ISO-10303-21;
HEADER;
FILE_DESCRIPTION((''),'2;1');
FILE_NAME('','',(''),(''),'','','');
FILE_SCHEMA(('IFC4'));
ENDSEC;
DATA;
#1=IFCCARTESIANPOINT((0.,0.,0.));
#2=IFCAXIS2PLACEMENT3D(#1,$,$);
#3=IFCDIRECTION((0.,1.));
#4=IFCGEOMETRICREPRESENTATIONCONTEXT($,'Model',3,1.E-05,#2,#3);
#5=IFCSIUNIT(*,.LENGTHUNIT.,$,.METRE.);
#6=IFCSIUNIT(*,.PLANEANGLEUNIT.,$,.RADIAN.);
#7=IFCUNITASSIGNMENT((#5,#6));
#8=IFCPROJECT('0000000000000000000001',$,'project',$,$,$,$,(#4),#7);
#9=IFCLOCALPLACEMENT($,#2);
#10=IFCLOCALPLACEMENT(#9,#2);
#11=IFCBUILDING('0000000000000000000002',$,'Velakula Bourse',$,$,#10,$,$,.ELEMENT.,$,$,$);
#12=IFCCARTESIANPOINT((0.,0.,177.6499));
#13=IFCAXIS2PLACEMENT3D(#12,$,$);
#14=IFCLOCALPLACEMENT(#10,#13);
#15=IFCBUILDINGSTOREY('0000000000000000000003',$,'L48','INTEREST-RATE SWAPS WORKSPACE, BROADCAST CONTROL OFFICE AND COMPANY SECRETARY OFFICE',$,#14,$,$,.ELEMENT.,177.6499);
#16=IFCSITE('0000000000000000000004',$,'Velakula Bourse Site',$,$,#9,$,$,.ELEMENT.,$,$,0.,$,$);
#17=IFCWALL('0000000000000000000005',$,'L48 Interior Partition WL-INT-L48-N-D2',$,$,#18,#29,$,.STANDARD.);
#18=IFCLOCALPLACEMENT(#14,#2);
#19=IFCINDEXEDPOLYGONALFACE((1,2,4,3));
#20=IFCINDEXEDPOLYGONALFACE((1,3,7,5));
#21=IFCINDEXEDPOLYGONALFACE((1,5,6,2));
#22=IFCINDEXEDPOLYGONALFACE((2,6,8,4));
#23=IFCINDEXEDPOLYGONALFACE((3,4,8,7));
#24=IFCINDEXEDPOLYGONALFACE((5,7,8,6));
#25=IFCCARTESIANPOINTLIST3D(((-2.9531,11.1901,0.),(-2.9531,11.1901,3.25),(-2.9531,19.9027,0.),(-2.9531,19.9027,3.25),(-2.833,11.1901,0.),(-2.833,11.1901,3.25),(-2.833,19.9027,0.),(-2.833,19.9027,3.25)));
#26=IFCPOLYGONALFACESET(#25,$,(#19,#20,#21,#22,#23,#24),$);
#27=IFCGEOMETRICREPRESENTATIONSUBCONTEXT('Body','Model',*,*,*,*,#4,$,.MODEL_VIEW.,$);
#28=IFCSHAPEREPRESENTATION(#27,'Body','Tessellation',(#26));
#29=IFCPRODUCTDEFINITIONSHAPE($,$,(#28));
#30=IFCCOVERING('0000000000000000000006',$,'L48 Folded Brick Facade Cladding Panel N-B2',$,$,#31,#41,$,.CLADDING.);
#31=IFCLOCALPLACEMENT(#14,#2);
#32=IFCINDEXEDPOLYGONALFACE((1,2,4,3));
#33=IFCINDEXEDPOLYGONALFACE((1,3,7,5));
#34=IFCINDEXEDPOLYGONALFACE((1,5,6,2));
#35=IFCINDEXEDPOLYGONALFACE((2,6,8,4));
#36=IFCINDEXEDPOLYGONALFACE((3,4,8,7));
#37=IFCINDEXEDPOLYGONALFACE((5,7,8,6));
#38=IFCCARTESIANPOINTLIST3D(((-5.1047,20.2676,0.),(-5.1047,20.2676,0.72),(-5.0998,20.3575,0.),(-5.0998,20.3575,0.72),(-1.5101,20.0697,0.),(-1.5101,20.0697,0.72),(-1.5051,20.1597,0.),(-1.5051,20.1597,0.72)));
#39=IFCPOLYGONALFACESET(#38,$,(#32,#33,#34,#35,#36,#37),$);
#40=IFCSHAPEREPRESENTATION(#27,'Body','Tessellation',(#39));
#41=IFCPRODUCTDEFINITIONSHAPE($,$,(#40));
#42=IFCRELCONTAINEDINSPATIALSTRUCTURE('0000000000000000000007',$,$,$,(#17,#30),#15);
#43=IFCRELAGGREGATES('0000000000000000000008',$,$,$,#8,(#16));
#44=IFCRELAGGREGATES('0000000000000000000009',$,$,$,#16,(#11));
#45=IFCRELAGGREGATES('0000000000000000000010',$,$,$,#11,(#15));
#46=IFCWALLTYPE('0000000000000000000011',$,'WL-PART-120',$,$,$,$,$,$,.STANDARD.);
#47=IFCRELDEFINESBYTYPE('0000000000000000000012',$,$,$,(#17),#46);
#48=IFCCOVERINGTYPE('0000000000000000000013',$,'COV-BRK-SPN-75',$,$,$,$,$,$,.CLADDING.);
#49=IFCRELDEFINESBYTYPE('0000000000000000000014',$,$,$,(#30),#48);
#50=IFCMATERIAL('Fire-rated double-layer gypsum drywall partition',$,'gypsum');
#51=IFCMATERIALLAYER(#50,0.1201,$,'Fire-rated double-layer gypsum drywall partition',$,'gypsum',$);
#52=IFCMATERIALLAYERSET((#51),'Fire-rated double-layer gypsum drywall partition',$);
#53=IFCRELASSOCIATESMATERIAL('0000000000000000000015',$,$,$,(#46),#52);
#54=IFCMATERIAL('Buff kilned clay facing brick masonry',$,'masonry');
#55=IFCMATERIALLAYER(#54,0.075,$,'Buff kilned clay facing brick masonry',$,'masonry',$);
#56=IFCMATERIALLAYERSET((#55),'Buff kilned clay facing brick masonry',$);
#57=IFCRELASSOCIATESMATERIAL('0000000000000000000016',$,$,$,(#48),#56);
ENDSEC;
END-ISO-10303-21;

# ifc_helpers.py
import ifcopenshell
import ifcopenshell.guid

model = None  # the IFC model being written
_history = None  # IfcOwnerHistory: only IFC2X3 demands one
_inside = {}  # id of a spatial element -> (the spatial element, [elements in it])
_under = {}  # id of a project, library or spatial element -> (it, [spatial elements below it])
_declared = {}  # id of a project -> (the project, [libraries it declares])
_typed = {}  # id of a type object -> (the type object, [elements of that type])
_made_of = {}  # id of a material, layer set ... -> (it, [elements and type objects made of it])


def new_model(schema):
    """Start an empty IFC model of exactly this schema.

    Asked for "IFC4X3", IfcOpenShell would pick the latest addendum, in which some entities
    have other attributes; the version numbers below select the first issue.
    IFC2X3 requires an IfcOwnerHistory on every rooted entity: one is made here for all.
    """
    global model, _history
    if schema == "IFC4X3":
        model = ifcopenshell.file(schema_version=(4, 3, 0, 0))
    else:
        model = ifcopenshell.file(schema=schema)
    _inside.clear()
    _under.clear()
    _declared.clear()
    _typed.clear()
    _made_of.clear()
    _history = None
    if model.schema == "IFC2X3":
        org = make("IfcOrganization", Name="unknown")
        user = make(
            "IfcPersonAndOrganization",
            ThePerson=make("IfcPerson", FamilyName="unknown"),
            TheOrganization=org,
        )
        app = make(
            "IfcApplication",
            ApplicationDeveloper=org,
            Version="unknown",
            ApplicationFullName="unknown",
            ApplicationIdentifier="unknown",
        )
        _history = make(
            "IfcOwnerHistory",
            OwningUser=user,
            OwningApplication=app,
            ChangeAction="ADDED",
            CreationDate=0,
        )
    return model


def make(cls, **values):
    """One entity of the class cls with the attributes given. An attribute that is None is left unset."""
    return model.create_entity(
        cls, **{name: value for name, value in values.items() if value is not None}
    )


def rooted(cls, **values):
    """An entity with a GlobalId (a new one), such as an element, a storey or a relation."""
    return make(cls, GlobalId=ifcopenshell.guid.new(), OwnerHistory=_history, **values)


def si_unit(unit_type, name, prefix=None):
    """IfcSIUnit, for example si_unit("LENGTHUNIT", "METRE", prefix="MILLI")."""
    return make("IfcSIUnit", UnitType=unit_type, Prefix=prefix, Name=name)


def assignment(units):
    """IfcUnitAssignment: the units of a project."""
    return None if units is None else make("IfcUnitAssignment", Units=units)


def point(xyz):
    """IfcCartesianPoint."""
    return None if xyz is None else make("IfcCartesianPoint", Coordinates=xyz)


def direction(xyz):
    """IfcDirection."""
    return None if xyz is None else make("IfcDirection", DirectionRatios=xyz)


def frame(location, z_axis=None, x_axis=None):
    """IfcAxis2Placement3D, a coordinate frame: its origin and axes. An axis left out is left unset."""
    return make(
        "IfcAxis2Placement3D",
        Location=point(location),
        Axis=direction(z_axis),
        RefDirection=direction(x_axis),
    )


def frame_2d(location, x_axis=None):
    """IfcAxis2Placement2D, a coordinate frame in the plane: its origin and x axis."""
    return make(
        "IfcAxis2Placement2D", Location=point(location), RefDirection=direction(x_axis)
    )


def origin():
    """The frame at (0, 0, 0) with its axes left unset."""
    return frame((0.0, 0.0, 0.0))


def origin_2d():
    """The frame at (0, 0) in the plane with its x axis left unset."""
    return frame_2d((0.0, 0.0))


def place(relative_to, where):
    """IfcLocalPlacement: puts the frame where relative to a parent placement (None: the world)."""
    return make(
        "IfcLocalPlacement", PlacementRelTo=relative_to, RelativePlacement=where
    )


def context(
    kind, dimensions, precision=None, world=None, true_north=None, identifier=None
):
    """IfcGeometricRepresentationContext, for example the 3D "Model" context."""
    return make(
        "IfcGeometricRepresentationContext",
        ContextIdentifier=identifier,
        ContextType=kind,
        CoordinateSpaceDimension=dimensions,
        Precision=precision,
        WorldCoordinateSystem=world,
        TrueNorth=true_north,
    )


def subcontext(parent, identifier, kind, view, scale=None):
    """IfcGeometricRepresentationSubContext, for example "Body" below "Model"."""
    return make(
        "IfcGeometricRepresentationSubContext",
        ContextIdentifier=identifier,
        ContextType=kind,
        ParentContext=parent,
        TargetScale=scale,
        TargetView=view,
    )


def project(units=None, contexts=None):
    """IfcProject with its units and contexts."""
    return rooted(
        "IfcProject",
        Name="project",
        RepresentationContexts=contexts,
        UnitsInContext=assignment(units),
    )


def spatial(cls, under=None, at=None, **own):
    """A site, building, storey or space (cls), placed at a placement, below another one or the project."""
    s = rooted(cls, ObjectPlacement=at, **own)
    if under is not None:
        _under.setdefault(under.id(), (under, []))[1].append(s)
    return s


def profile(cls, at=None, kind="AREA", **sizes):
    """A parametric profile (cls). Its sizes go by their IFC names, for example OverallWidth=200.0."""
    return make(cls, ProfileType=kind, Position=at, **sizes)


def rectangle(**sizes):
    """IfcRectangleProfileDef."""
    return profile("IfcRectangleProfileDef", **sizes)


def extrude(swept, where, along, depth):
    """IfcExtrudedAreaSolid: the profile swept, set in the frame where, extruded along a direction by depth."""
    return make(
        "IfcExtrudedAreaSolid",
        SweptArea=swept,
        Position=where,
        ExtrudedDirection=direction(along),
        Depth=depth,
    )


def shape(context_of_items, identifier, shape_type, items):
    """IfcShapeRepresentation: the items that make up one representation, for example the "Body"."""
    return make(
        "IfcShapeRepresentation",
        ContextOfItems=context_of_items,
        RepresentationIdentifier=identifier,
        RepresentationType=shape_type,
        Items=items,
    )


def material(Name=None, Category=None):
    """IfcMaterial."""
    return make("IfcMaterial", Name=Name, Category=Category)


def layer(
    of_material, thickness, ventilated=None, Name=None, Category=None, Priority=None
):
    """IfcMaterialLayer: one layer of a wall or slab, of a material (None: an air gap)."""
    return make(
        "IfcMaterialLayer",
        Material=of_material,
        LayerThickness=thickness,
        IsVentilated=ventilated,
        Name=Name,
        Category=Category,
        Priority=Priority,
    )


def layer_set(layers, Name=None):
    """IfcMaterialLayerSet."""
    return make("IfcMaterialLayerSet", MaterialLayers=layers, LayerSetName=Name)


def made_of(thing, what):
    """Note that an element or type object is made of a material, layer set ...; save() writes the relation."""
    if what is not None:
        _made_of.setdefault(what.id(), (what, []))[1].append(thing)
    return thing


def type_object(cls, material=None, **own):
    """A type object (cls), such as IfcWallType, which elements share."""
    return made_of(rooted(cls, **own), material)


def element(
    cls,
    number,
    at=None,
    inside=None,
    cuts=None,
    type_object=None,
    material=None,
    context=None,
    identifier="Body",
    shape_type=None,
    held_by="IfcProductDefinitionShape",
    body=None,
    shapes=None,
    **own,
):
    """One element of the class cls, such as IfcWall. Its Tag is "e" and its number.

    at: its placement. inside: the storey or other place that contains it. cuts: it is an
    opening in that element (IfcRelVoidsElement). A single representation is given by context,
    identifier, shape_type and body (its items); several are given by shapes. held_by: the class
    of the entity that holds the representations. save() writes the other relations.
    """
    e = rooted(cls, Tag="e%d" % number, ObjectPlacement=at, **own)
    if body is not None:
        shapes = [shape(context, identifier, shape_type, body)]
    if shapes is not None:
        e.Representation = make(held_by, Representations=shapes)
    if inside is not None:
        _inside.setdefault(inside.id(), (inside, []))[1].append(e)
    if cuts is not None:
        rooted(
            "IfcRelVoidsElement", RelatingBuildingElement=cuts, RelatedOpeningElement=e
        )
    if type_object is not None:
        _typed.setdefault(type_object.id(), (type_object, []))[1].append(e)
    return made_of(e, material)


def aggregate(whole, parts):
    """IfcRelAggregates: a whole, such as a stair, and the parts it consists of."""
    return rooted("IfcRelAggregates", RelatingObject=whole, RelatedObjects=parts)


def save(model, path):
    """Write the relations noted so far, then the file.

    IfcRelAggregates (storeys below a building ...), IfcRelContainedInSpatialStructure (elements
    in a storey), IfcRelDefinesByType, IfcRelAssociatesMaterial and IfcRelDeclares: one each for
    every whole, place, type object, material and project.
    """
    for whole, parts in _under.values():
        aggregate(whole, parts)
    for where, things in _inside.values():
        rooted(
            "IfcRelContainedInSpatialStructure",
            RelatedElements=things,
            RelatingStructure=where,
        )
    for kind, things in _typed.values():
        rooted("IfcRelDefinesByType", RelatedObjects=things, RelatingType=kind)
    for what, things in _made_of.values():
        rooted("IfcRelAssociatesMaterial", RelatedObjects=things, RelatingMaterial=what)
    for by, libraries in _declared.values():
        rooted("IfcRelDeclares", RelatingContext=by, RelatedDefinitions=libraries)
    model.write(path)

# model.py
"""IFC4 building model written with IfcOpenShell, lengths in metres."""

from ifc_helpers import new_model, si_unit, direction, frame, frame_2d, origin, origin_2d, place, context, subcontext, project, spatial, rectangle, extrude, material, layer, layer_set, type_object, element, save


model = new_model("IFC4")

# Units and contexts
model_context = context("Model", 3, precision=1e-05, world=origin(), true_north=direction((0.0, 1.0)))
body_context = subcontext(model_context, "Body", "Model", "MODEL_VIEW")
ifc_project = project(units=[si_unit("LENGTHUNIT", "METRE"), si_unit("PLANEANGLEUNIT", "RADIAN")], contexts=[model_context])

# Site, building, storey
site_placement = place(None, origin())
site = spatial("IfcSite", under=ifc_project, at=site_placement, Name="Velakula Bourse Site", CompositionType="ELEMENT", RefElevation=0.0)
building_placement = place(site_placement, origin())
building = spatial("IfcBuilding", under=site, at=building_placement, Name="Velakula Bourse", CompositionType="ELEMENT")
storey_placement = place(building_placement, frame((0.0, 0.0, 177.6499)))
storey = spatial("IfcBuildingStorey", under=building, at=storey_placement, Name="L48", Description="INTEREST-RATE SWAPS WORKSPACE, BROADCAST CONTROL OFFICE AND COMPANY SECRETARY OFFICE", CompositionType="ELEMENT", Elevation=177.6499)

# Wall
ifc_material_1 = material(Name="Fire-rated double-layer gypsum drywall partition", Category="gypsum")
ifc_layer_1 = layer(ifc_material_1, 0.1201, Name="Fire-rated double-layer gypsum drywall partition", Category="gypsum")
ifc_layer_set_1 = layer_set([ifc_layer_1], Name="Fire-rated double-layer gypsum drywall partition")
wall_type_1 = type_object("IfcWallType", Name="WL-PART-120", PredefinedType="STANDARD", material=ifc_layer_set_1)
wall_1_placement = place(storey_placement, frame((-2.8931, 11.1899, 0.0), z_axis=(0.0, 0.0, 1.0), x_axis=(0.0, 1.0, 0.0)))
element("IfcWall", 1, at=wall_1_placement, inside=storey, type_object=wall_type_1, Name="L48 Interior Partition WL-INT-L48-N-D2", PredefinedType="STANDARD", context=body_context, shape_type="SweptSolid", body=[
    extrude(rectangle(XDim=8.7126, YDim=0.1201, at=frame_2d((4.3564, 0.0))), origin(), (0.0, 0.0, 1.0), 3.25),
])

# Covering
ifc_material_2 = material(Name="Buff kilned clay facing brick masonry", Category="masonry")
ifc_layer_2 = layer(ifc_material_2, 0.075, Name="Buff kilned clay facing brick masonry", Category="masonry")
ifc_layer_set_2 = layer_set([ifc_layer_2], Name="Buff kilned clay facing brick masonry")
covering_type = type_object("IfcCoveringType", Name="COV-BRK-SPN-75", PredefinedType="CLADDING", material=ifc_layer_set_2)
covering_placement = place(storey_placement, frame((-3.3049, 20.2136, 0.0), z_axis=(0.0, 0.0, 1.0), x_axis=(0.998489, -0.05495, 0.0)))
element("IfcCovering", 2, at=covering_placement, inside=storey, type_object=covering_type, Name="L48 Folded Brick Facade Cladding Panel N-B2", PredefinedType="CLADDING", context=body_context, shape_type="SweptSolid", body=[
    extrude(rectangle(XDim=3.6001, YDim=0.0901, at=origin_2d()), origin(), (0.0, 0.0, 1.0), 0.72),
])

save(model, "model.ifc")
